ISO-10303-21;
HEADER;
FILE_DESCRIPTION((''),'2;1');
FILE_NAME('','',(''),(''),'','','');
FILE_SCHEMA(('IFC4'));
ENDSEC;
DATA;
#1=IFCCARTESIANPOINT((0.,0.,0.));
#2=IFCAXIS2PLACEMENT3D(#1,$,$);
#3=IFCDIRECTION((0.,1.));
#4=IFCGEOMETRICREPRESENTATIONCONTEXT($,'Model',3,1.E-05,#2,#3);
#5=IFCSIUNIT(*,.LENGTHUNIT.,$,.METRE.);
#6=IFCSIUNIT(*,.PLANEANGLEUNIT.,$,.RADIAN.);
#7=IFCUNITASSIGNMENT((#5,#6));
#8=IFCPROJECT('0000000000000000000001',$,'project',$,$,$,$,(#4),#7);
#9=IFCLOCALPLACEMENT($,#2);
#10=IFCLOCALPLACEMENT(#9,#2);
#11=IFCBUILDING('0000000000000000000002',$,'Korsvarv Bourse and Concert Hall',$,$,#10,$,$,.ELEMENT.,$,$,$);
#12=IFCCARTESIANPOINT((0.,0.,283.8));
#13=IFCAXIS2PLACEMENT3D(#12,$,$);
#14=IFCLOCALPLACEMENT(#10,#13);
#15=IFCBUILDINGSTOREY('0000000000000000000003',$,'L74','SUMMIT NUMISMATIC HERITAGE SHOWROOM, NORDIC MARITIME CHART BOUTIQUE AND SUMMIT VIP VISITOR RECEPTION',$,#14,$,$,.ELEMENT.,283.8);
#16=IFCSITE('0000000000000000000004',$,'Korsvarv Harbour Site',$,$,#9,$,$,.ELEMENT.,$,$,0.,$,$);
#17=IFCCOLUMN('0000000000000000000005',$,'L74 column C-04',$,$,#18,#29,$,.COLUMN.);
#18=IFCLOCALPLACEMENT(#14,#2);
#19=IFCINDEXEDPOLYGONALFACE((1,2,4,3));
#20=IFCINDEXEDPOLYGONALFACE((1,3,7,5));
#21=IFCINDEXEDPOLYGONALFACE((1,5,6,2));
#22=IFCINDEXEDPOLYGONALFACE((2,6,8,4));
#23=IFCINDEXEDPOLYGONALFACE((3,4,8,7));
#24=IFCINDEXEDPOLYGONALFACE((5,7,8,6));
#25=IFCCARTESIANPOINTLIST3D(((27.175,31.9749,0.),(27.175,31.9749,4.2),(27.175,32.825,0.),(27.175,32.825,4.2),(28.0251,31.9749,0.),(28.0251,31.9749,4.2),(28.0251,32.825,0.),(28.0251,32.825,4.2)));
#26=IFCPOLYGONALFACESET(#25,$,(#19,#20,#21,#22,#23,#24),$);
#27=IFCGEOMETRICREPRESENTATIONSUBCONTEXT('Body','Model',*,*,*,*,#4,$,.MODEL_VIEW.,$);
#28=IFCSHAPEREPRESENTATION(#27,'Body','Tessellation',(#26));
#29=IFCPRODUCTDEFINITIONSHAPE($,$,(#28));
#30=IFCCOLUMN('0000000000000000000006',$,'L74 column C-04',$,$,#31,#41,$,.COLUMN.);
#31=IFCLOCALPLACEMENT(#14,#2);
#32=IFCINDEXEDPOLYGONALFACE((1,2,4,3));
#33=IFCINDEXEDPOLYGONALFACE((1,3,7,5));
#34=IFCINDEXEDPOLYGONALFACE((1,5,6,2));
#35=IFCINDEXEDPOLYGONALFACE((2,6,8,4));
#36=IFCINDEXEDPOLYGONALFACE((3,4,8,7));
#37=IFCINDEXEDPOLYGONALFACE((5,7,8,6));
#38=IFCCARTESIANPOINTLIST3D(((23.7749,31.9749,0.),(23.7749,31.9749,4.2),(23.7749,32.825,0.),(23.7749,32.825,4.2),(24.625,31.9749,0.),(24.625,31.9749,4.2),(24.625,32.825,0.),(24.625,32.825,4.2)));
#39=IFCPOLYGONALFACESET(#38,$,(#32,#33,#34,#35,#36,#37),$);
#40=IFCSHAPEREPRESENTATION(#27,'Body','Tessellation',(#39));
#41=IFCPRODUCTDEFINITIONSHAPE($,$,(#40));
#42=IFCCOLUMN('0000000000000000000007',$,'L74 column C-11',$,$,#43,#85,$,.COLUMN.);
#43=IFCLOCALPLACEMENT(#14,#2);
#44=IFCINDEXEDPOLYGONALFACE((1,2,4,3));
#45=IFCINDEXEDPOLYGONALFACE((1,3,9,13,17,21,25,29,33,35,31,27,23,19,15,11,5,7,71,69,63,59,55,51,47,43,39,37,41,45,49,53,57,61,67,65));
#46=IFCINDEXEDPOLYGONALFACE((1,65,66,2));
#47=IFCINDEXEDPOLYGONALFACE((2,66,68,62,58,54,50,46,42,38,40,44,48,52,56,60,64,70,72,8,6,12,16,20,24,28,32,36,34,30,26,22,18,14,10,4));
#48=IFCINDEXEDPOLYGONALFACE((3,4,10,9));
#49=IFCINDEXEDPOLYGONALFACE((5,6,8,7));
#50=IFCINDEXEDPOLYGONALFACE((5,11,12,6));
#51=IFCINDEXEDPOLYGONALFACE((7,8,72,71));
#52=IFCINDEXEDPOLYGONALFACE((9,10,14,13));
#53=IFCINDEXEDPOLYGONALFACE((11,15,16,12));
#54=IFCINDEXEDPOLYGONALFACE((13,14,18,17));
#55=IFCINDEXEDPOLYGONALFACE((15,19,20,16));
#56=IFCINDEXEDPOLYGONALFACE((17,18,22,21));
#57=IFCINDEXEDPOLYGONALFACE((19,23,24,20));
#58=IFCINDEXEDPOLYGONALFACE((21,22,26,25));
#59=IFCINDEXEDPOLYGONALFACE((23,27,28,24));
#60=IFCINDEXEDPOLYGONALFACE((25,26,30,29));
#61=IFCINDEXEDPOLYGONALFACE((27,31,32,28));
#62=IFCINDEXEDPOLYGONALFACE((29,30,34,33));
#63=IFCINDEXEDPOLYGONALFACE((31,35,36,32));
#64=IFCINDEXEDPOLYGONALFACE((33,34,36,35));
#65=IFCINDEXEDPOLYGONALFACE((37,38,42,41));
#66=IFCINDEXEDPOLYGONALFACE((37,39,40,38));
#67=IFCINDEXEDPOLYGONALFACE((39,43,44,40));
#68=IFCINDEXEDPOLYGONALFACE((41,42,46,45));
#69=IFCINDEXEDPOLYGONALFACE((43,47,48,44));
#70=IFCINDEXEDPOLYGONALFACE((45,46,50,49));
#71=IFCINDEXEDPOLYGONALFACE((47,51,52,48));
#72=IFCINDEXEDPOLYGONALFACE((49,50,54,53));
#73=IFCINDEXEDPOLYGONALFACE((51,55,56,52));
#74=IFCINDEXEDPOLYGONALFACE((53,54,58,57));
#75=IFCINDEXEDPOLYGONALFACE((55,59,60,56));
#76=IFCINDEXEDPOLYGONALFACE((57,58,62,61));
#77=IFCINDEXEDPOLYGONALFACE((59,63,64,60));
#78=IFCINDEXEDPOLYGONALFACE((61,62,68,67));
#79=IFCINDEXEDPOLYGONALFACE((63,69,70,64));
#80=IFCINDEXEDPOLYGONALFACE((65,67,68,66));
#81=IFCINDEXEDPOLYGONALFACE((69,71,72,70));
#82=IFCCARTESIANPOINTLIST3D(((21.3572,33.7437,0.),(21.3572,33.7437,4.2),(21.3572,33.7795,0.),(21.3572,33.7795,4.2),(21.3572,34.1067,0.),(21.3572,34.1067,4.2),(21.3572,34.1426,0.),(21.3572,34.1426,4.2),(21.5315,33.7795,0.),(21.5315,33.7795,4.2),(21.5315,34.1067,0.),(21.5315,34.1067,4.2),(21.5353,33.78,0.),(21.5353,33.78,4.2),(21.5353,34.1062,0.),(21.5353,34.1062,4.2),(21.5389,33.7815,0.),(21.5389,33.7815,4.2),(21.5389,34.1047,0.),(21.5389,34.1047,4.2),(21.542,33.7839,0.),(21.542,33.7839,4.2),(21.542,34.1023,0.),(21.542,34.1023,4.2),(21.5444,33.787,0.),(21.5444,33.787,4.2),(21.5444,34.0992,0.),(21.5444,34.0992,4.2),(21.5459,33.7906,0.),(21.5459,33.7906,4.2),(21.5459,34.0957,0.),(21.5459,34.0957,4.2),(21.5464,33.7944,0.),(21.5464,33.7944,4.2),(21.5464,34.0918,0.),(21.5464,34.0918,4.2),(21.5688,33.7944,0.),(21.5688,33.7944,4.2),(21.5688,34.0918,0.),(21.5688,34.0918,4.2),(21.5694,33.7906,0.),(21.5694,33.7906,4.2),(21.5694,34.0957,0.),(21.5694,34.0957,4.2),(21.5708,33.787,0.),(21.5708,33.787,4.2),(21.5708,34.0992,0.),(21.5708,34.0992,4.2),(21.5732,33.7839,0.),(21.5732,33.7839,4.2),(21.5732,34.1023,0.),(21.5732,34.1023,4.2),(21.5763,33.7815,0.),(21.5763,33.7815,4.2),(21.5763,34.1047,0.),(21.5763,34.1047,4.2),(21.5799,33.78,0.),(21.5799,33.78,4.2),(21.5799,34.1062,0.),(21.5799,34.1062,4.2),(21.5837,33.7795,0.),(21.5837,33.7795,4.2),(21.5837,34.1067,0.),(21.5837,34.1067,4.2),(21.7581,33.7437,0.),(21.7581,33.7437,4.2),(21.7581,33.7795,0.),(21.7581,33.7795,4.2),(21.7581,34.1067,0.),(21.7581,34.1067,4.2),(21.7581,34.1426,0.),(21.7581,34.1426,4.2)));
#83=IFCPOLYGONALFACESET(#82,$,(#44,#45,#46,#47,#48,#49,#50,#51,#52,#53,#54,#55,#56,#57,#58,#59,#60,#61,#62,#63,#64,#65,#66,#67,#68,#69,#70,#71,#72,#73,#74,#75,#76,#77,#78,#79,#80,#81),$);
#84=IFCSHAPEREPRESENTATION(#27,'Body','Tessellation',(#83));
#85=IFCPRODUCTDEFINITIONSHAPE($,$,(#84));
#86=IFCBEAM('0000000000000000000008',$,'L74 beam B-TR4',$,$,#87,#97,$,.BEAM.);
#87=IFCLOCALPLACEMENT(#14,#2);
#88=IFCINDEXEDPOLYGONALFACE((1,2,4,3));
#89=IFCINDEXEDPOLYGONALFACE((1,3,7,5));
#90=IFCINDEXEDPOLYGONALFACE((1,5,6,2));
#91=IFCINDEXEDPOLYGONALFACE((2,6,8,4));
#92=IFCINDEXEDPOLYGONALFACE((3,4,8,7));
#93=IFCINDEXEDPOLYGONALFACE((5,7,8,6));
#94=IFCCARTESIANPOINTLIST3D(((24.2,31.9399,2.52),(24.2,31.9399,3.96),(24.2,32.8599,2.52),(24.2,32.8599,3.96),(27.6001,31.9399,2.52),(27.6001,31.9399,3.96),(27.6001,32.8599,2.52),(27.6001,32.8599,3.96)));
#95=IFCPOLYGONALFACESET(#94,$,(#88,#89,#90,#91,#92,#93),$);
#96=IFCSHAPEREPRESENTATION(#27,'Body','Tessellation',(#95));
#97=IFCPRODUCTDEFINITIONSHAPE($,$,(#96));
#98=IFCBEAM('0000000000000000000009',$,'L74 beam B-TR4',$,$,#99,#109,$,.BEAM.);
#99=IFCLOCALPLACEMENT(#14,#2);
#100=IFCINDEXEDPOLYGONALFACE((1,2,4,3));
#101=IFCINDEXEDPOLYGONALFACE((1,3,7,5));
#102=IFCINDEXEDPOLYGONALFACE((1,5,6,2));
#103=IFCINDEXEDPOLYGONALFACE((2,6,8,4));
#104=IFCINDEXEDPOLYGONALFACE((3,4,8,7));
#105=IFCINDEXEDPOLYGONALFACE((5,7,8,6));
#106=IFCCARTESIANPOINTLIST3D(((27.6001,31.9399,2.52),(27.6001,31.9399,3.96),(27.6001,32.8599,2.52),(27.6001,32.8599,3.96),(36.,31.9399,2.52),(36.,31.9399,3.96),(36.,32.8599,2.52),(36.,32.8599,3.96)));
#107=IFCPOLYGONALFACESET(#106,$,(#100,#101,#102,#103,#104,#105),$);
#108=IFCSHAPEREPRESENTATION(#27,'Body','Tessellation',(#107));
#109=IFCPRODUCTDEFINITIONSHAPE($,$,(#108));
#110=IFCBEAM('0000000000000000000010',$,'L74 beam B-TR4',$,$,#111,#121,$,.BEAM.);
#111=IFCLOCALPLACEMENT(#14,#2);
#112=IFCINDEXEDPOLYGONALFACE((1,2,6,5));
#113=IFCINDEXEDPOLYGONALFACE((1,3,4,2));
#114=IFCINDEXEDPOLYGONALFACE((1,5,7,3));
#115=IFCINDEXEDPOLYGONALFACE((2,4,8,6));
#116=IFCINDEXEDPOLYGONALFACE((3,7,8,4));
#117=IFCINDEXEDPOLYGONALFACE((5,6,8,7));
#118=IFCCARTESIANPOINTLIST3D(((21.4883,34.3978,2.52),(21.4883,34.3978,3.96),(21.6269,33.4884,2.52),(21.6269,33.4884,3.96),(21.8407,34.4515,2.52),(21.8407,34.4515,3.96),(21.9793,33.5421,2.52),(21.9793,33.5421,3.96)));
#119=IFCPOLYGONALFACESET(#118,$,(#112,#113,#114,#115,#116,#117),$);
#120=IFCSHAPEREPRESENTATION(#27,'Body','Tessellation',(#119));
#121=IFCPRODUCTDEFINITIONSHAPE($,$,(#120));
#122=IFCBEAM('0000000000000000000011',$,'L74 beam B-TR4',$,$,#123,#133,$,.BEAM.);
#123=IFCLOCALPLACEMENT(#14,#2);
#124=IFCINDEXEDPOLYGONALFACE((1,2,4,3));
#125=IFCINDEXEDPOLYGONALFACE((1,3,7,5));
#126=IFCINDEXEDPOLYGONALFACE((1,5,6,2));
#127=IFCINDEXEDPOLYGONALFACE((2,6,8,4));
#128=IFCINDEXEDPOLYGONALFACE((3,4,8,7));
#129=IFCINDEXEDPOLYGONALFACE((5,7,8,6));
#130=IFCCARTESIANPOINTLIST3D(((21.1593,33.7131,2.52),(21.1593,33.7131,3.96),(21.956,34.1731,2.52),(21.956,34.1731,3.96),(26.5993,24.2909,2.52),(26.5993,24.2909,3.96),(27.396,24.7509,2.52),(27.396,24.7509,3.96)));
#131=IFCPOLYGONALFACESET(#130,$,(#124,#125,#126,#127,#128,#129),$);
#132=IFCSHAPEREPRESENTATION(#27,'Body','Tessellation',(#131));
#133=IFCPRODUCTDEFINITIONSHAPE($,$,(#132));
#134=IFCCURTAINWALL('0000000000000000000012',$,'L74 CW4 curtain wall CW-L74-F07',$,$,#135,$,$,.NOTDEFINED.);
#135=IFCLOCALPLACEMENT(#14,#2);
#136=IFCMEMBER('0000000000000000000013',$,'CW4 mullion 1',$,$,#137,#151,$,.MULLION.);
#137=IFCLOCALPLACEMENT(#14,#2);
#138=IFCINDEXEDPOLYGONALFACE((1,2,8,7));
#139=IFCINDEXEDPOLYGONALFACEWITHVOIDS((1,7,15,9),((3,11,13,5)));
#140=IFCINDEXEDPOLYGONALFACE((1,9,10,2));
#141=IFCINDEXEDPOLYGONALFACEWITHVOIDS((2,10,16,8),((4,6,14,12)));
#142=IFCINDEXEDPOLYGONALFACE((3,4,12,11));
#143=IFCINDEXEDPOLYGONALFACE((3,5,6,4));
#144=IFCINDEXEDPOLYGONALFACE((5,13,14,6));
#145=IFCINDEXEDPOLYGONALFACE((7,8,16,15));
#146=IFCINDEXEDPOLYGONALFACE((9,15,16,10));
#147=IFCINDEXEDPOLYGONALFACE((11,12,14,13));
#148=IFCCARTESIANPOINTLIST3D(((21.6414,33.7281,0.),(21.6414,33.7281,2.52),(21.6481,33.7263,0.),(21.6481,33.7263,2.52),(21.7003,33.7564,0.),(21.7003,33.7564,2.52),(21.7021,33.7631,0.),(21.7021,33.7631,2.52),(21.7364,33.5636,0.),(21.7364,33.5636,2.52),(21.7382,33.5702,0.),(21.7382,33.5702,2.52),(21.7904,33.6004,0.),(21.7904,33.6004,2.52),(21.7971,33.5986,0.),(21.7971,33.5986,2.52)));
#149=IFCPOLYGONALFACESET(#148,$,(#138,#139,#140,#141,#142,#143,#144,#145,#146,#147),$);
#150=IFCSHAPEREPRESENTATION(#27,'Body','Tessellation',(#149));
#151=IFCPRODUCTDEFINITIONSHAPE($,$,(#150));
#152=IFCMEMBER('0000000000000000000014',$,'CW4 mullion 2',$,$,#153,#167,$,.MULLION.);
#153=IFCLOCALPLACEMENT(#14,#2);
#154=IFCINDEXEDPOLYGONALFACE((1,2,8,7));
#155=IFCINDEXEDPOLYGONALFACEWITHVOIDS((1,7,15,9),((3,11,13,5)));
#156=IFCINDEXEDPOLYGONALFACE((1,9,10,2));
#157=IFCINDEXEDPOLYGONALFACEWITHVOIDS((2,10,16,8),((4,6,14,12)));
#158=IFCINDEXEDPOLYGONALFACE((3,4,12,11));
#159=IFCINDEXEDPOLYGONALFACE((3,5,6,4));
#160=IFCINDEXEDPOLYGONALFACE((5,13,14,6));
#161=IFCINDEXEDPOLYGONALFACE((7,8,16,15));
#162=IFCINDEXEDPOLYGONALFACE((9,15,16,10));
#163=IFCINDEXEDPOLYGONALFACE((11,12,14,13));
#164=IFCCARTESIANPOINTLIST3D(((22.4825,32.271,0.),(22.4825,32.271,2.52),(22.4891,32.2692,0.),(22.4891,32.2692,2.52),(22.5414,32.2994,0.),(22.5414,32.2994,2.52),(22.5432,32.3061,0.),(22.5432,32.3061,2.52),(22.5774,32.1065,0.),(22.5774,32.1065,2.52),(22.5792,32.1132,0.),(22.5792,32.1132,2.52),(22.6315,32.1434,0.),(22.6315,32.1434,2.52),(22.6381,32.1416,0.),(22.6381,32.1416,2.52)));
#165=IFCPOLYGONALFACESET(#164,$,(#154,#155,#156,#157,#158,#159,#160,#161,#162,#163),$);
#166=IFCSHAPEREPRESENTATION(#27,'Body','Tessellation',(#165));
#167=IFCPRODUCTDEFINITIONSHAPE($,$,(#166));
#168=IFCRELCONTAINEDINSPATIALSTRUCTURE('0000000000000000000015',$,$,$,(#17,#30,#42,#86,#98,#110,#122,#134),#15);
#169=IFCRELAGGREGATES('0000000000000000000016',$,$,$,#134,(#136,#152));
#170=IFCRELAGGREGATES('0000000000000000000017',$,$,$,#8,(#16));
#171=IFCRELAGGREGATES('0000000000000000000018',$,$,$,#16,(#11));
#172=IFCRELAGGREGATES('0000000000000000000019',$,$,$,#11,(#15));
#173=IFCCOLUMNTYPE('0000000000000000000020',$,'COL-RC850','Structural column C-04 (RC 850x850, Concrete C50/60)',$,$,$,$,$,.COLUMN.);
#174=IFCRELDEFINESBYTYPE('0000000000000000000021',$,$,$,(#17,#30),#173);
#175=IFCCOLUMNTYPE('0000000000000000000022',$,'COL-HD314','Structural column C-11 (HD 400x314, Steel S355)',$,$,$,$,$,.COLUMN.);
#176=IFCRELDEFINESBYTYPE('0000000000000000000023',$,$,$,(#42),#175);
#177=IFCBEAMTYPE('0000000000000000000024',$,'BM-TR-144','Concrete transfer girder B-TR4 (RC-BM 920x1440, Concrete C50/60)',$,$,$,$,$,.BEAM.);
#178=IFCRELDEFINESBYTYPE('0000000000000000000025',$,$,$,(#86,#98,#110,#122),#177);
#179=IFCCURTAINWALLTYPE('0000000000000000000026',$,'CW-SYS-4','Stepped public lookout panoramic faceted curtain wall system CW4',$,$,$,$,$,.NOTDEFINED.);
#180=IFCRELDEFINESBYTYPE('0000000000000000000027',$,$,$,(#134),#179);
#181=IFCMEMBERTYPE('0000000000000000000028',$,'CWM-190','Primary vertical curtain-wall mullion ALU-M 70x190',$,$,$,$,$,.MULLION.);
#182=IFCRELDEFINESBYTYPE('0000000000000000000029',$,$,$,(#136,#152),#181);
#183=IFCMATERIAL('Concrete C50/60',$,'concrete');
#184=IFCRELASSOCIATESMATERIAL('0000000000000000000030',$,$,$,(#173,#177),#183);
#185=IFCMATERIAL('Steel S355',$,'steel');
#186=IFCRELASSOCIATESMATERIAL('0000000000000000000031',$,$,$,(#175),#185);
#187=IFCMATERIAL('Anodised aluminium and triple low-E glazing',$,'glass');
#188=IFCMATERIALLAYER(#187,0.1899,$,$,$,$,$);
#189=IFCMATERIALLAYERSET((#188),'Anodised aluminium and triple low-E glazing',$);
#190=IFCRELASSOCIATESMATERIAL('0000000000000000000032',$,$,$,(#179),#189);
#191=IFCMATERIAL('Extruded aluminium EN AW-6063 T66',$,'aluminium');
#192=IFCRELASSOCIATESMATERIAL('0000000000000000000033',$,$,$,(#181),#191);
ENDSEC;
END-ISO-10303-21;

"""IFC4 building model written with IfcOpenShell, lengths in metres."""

from ifc_helpers import new_model, si_unit, direction, frame, origin, origin_2d, place, context, subcontext, project, spatial, rectangle, hollow_rectangle, i_section, extrude, source, transform, mapped, material, layer, layer_set, material_profile, profile_set, type_object, element, aggregate, save


model = new_model("IFC4")

# Units and contexts
model_context = context("Model", 3, precision=1e-05, world=origin(), true_north=direction((0.0, 1.0)))
body_context = subcontext(model_context, "Body", "Model", "MODEL_VIEW")
ifc_project = project(units=[si_unit("LENGTHUNIT", "METRE"), si_unit("PLANEANGLEUNIT", "RADIAN")], contexts=[model_context])

# Site, building, storey
site_placement = place(None, origin())
site = spatial("IfcSite", under=ifc_project, at=site_placement, Name="Korsvarv Harbour Site", CompositionType="ELEMENT", RefElevation=0.0)
building_placement = place(site_placement, origin())
building = spatial("IfcBuilding", under=site, at=building_placement, Name="Korsvarv Bourse and Concert Hall", CompositionType="ELEMENT")
storey_placement = place(building_placement, frame((0.0, 0.0, 283.8)))
storey = spatial("IfcBuildingStorey", under=building, at=storey_placement, Name="L74", Description="SUMMIT NUMISMATIC HERITAGE SHOWROOM, NORDIC MARITIME CHART BOUTIQUE AND SUMMIT VIP VISITOR RECEPTION", CompositionType="ELEMENT", Elevation=283.8)

# Columns
ifc_material_1 = material(Name="Concrete C50/60", Category="concrete")
ifc_material_profile_1 = material_profile(ifc_material_1, rectangle(XDim=0.8501, YDim=0.8501, at=origin_2d()), Name="RC 850x850")
ifc_profile_set_1 = profile_set([ifc_material_profile_1], Name="Concrete C50/60")
column_type_1 = type_object("IfcColumnType", Name="COL-RC850", Description="Structural column C-04 (RC 850x850, Concrete C50/60)", PredefinedType="COLUMN", material=ifc_profile_set_1)
shared_shape_1 = source(origin(), body_context, "Body", "SweptSolid", [
    extrude(rectangle(XDim=0.8501, YDim=0.8501, at=origin_2d()), origin(), (0.0, 0.0, 1.0), 4.2),
])
for number, where, z_axis, x_axis, name in (
    (1, (27.6001, 32.3999, 0.0), (0.0, 0.0, 1.0), (1.0, 0.0, 0.0), "L74 column C-04"),
    (2, (24.2, 32.3999, 0.0), (0.0, 0.0, 1.0), (1.0, 0.0, 0.0), "L74 column C-04"),
):
    element("IfcColumn", number, at=place(storey_placement, frame(where, z_axis=z_axis, x_axis=x_axis)), inside=storey, type_object=column_type_1, Name=name, PredefinedType="COLUMN", context=body_context, shape_type="MappedRepresentation", body=[
        mapped(shared_shape_1, transform((0.0, 0.0, 0.0), scale=1.0)),
    ])
ifc_material_2 = material(Name="Steel S355", Category="steel")
ifc_material_profile_2 = material_profile(ifc_material_2, i_section(OverallWidth=0.4009, OverallDepth=0.3989, WebThickness=0.0225, FlangeThickness=0.0359, FilletRadius=0.0149, at=origin_2d()), Name="HD 400x314")
ifc_profile_set_2 = profile_set([ifc_material_profile_2], Name="Steel S355")
column_type_2 = type_object("IfcColumnType", Name="COL-HD314", Description="Structural column C-11 (HD 400x314, Steel S355)", PredefinedType="COLUMN", material=ifc_profile_set_2)
shared_shape_2 = source(origin(), body_context, "Body", "SweptSolid", [
    extrude(i_section(OverallWidth=0.4009, OverallDepth=0.3989, WebThickness=0.0225, FlangeThickness=0.0359, FilletRadius=0.0149, at=origin_2d()), origin(), (0.0, 0.0, 1.0), 4.2),
])
column_placement = place(storey_placement, frame((21.5576, 33.9431, 0.0), z_axis=(0.0, 0.0, 1.0), x_axis=(1.0, 0.0, 0.0)))
element("IfcColumn", 3, at=column_placement, inside=storey, type_object=column_type_2, Name="L74 column C-11", PredefinedType="COLUMN", context=body_context, shape_type="MappedRepresentation", body=[
    mapped(shared_shape_2, transform((0.0, 0.0, 0.0), scale=1.0)),
])

# Beams
ifc_material_profile_3 = material_profile(ifc_material_1, rectangle(XDim=0.9199, YDim=1.4399, at=origin_2d()), Name="RC-BM 920x1440")
ifc_profile_set_3 = profile_set([ifc_material_profile_3], Name="Concrete C50/60")
beam_type = type_object("IfcBeamType", Name="BM-TR-144", Description="Concrete transfer girder B-TR4 (RC-BM 920x1440, Concrete C50/60)", PredefinedType="BEAM", material=ifc_profile_set_3)
shared_shape_3 = source(origin(), body_context, "Body", "SweptSolid", [
    extrude(rectangle(XDim=0.9199, YDim=1.4399, at=origin_2d()), origin(), (0.0, 0.0, 1.0), 3.4001),
])
beam_1_placement = place(storey_placement, frame((24.2, 32.3999, 3.24), z_axis=(1.0, 0.0, 0.0), x_axis=(0.0, 1.0, 0.0)))
element("IfcBeam", 4, at=beam_1_placement, inside=storey, type_object=beam_type, Name="L74 beam B-TR4", PredefinedType="BEAM", context=body_context, shape_type="MappedRepresentation", body=[
    mapped(shared_shape_3, transform((0.0, 0.0, 0.0), scale=1.0)),
])
shared_shape_4 = source(origin(), body_context, "Body", "SweptSolid", [
    extrude(rectangle(XDim=0.9199, YDim=1.4399, at=origin_2d()), origin(), (0.0, 0.0, 1.0), 8.3999),
])
beam_2_placement = place(storey_placement, frame((27.6001, 32.3999, 3.24), z_axis=(1.0, 0.0, 0.0), x_axis=(0.0, 1.0, 0.0)))
element("IfcBeam", 5, at=beam_2_placement, inside=storey, type_object=beam_type, Name="L74 beam B-TR4", PredefinedType="BEAM", context=body_context, shape_type="MappedRepresentation", body=[
    mapped(shared_shape_4, transform((0.0, 0.0, 0.0), scale=1.0)),
])
shared_shape_5 = source(origin(), body_context, "Body", "SweptSolid", [
    extrude(rectangle(XDim=0.9199, YDim=1.4399, at=origin_2d()), origin(), (0.0, 0.0, 1.0), 0.3564),
])
beam_3_placement = place(storey_placement, frame((21.5576, 33.9431, 3.24), z_axis=(0.988577, 0.150719, 0.0), x_axis=(-0.150719, 0.988577, 0.0)))
element("IfcBeam", 6, at=beam_3_placement, inside=storey, type_object=beam_type, Name="L74 beam B-TR4", PredefinedType="BEAM", context=body_context, shape_type="MappedRepresentation", body=[
    mapped(shared_shape_5, transform((0.0, 0.0, 0.0), scale=1.0)),
])
shared_shape_6 = source(origin(), body_context, "Body", "SweptSolid", [
    extrude(rectangle(XDim=0.9199, YDim=1.4399, at=origin_2d()), origin(), (0.0, 0.0, 1.0), 10.8799),
])
beam_4_placement = place(storey_placement, frame((21.5576, 33.9431, 3.24), z_axis=(0.500005, -0.866022, 0.0), x_axis=(0.866022, 0.500005, 0.0)))
element("IfcBeam", 7, at=beam_4_placement, inside=storey, type_object=beam_type, Name="L74 beam B-TR4", PredefinedType="BEAM", context=body_context, shape_type="MappedRepresentation", body=[
    mapped(shared_shape_6, transform((0.0, 0.0, 0.0), scale=1.0)),
])

# Curtain wall, members
ifc_material_3 = material(Name="Anodised aluminium and triple low-E glazing", Category="glass")
ifc_layer_1 = layer(ifc_material_3, 0.1899)
ifc_layer_set_1 = layer_set([ifc_layer_1], Name="Anodised aluminium and triple low-E glazing")
curtain_wall_type = type_object("IfcCurtainWallType", Name="CW-SYS-4", Description="Stepped public lookout panoramic faceted curtain wall system CW4", PredefinedType="NOTDEFINED", material=ifc_layer_set_1)
curtain_wall_placement = place(storey_placement, origin())
curtain_wall = element("IfcCurtainWall", 8, at=curtain_wall_placement, inside=storey, type_object=curtain_wall_type, Name="L74 CW4 curtain wall CW-L74-F07", PredefinedType="NOTDEFINED")
ifc_material_4 = material(Name="Extruded aluminium EN AW-6063 T66", Category="aluminium")
ifc_material_profile_4 = material_profile(ifc_material_4, hollow_rectangle(XDim=0.0701, YDim=0.1899, WallThickness=0.0049, at=origin_2d()), Name="ALU-M 70x190")
ifc_profile_set_4 = profile_set([ifc_material_profile_4], Name="Extruded aluminium EN AW-6063 T66")
member_type_1 = type_object("IfcMemberType", Name="CWM-190", Description="Primary vertical curtain-wall mullion ALU-M 70x190", PredefinedType="MULLION", material=ifc_profile_set_4)
shared_shape_7 = source(origin(), body_context, "Body", "SweptSolid", [
    extrude(hollow_rectangle(XDim=0.0701, YDim=0.1899, WallThickness=0.0049, at=origin_2d()), origin(), (0.0, 0.0, 1.0), 2.52),
])
member_1_placement = place(storey_placement, frame((21.7192, 33.6633, 0.0), z_axis=(0.0, 0.0, 1.0), x_axis=(0.866028, 0.499996, 0.0)))
member_1 = element("IfcMember", 9, at=member_1_placement, type_object=member_type_1, Name="CW4 mullion 1", PredefinedType="MULLION", context=body_context, shape_type="MappedRepresentation", body=[
    mapped(shared_shape_7, transform((0.0, 0.0, 0.0), scale=1.0)),
])
member_2_placement = place(storey_placement, frame((22.5603, 32.2063, 0.0), z_axis=(0.0, 0.0, 1.0), x_axis=(0.866028, 0.499996, 0.0)))
member_2 = element("IfcMember", 10, at=member_2_placement, type_object=member_type_1, Name="CW4 mullion 2", PredefinedType="MULLION", context=body_context, shape_type="MappedRepresentation", body=[
    mapped(shared_shape_7, transform((0.0, 0.0, 0.0), scale=1.0)),
])
aggregate(curtain_wall, [member_1, member_2])

save(model, "model.ifc")
